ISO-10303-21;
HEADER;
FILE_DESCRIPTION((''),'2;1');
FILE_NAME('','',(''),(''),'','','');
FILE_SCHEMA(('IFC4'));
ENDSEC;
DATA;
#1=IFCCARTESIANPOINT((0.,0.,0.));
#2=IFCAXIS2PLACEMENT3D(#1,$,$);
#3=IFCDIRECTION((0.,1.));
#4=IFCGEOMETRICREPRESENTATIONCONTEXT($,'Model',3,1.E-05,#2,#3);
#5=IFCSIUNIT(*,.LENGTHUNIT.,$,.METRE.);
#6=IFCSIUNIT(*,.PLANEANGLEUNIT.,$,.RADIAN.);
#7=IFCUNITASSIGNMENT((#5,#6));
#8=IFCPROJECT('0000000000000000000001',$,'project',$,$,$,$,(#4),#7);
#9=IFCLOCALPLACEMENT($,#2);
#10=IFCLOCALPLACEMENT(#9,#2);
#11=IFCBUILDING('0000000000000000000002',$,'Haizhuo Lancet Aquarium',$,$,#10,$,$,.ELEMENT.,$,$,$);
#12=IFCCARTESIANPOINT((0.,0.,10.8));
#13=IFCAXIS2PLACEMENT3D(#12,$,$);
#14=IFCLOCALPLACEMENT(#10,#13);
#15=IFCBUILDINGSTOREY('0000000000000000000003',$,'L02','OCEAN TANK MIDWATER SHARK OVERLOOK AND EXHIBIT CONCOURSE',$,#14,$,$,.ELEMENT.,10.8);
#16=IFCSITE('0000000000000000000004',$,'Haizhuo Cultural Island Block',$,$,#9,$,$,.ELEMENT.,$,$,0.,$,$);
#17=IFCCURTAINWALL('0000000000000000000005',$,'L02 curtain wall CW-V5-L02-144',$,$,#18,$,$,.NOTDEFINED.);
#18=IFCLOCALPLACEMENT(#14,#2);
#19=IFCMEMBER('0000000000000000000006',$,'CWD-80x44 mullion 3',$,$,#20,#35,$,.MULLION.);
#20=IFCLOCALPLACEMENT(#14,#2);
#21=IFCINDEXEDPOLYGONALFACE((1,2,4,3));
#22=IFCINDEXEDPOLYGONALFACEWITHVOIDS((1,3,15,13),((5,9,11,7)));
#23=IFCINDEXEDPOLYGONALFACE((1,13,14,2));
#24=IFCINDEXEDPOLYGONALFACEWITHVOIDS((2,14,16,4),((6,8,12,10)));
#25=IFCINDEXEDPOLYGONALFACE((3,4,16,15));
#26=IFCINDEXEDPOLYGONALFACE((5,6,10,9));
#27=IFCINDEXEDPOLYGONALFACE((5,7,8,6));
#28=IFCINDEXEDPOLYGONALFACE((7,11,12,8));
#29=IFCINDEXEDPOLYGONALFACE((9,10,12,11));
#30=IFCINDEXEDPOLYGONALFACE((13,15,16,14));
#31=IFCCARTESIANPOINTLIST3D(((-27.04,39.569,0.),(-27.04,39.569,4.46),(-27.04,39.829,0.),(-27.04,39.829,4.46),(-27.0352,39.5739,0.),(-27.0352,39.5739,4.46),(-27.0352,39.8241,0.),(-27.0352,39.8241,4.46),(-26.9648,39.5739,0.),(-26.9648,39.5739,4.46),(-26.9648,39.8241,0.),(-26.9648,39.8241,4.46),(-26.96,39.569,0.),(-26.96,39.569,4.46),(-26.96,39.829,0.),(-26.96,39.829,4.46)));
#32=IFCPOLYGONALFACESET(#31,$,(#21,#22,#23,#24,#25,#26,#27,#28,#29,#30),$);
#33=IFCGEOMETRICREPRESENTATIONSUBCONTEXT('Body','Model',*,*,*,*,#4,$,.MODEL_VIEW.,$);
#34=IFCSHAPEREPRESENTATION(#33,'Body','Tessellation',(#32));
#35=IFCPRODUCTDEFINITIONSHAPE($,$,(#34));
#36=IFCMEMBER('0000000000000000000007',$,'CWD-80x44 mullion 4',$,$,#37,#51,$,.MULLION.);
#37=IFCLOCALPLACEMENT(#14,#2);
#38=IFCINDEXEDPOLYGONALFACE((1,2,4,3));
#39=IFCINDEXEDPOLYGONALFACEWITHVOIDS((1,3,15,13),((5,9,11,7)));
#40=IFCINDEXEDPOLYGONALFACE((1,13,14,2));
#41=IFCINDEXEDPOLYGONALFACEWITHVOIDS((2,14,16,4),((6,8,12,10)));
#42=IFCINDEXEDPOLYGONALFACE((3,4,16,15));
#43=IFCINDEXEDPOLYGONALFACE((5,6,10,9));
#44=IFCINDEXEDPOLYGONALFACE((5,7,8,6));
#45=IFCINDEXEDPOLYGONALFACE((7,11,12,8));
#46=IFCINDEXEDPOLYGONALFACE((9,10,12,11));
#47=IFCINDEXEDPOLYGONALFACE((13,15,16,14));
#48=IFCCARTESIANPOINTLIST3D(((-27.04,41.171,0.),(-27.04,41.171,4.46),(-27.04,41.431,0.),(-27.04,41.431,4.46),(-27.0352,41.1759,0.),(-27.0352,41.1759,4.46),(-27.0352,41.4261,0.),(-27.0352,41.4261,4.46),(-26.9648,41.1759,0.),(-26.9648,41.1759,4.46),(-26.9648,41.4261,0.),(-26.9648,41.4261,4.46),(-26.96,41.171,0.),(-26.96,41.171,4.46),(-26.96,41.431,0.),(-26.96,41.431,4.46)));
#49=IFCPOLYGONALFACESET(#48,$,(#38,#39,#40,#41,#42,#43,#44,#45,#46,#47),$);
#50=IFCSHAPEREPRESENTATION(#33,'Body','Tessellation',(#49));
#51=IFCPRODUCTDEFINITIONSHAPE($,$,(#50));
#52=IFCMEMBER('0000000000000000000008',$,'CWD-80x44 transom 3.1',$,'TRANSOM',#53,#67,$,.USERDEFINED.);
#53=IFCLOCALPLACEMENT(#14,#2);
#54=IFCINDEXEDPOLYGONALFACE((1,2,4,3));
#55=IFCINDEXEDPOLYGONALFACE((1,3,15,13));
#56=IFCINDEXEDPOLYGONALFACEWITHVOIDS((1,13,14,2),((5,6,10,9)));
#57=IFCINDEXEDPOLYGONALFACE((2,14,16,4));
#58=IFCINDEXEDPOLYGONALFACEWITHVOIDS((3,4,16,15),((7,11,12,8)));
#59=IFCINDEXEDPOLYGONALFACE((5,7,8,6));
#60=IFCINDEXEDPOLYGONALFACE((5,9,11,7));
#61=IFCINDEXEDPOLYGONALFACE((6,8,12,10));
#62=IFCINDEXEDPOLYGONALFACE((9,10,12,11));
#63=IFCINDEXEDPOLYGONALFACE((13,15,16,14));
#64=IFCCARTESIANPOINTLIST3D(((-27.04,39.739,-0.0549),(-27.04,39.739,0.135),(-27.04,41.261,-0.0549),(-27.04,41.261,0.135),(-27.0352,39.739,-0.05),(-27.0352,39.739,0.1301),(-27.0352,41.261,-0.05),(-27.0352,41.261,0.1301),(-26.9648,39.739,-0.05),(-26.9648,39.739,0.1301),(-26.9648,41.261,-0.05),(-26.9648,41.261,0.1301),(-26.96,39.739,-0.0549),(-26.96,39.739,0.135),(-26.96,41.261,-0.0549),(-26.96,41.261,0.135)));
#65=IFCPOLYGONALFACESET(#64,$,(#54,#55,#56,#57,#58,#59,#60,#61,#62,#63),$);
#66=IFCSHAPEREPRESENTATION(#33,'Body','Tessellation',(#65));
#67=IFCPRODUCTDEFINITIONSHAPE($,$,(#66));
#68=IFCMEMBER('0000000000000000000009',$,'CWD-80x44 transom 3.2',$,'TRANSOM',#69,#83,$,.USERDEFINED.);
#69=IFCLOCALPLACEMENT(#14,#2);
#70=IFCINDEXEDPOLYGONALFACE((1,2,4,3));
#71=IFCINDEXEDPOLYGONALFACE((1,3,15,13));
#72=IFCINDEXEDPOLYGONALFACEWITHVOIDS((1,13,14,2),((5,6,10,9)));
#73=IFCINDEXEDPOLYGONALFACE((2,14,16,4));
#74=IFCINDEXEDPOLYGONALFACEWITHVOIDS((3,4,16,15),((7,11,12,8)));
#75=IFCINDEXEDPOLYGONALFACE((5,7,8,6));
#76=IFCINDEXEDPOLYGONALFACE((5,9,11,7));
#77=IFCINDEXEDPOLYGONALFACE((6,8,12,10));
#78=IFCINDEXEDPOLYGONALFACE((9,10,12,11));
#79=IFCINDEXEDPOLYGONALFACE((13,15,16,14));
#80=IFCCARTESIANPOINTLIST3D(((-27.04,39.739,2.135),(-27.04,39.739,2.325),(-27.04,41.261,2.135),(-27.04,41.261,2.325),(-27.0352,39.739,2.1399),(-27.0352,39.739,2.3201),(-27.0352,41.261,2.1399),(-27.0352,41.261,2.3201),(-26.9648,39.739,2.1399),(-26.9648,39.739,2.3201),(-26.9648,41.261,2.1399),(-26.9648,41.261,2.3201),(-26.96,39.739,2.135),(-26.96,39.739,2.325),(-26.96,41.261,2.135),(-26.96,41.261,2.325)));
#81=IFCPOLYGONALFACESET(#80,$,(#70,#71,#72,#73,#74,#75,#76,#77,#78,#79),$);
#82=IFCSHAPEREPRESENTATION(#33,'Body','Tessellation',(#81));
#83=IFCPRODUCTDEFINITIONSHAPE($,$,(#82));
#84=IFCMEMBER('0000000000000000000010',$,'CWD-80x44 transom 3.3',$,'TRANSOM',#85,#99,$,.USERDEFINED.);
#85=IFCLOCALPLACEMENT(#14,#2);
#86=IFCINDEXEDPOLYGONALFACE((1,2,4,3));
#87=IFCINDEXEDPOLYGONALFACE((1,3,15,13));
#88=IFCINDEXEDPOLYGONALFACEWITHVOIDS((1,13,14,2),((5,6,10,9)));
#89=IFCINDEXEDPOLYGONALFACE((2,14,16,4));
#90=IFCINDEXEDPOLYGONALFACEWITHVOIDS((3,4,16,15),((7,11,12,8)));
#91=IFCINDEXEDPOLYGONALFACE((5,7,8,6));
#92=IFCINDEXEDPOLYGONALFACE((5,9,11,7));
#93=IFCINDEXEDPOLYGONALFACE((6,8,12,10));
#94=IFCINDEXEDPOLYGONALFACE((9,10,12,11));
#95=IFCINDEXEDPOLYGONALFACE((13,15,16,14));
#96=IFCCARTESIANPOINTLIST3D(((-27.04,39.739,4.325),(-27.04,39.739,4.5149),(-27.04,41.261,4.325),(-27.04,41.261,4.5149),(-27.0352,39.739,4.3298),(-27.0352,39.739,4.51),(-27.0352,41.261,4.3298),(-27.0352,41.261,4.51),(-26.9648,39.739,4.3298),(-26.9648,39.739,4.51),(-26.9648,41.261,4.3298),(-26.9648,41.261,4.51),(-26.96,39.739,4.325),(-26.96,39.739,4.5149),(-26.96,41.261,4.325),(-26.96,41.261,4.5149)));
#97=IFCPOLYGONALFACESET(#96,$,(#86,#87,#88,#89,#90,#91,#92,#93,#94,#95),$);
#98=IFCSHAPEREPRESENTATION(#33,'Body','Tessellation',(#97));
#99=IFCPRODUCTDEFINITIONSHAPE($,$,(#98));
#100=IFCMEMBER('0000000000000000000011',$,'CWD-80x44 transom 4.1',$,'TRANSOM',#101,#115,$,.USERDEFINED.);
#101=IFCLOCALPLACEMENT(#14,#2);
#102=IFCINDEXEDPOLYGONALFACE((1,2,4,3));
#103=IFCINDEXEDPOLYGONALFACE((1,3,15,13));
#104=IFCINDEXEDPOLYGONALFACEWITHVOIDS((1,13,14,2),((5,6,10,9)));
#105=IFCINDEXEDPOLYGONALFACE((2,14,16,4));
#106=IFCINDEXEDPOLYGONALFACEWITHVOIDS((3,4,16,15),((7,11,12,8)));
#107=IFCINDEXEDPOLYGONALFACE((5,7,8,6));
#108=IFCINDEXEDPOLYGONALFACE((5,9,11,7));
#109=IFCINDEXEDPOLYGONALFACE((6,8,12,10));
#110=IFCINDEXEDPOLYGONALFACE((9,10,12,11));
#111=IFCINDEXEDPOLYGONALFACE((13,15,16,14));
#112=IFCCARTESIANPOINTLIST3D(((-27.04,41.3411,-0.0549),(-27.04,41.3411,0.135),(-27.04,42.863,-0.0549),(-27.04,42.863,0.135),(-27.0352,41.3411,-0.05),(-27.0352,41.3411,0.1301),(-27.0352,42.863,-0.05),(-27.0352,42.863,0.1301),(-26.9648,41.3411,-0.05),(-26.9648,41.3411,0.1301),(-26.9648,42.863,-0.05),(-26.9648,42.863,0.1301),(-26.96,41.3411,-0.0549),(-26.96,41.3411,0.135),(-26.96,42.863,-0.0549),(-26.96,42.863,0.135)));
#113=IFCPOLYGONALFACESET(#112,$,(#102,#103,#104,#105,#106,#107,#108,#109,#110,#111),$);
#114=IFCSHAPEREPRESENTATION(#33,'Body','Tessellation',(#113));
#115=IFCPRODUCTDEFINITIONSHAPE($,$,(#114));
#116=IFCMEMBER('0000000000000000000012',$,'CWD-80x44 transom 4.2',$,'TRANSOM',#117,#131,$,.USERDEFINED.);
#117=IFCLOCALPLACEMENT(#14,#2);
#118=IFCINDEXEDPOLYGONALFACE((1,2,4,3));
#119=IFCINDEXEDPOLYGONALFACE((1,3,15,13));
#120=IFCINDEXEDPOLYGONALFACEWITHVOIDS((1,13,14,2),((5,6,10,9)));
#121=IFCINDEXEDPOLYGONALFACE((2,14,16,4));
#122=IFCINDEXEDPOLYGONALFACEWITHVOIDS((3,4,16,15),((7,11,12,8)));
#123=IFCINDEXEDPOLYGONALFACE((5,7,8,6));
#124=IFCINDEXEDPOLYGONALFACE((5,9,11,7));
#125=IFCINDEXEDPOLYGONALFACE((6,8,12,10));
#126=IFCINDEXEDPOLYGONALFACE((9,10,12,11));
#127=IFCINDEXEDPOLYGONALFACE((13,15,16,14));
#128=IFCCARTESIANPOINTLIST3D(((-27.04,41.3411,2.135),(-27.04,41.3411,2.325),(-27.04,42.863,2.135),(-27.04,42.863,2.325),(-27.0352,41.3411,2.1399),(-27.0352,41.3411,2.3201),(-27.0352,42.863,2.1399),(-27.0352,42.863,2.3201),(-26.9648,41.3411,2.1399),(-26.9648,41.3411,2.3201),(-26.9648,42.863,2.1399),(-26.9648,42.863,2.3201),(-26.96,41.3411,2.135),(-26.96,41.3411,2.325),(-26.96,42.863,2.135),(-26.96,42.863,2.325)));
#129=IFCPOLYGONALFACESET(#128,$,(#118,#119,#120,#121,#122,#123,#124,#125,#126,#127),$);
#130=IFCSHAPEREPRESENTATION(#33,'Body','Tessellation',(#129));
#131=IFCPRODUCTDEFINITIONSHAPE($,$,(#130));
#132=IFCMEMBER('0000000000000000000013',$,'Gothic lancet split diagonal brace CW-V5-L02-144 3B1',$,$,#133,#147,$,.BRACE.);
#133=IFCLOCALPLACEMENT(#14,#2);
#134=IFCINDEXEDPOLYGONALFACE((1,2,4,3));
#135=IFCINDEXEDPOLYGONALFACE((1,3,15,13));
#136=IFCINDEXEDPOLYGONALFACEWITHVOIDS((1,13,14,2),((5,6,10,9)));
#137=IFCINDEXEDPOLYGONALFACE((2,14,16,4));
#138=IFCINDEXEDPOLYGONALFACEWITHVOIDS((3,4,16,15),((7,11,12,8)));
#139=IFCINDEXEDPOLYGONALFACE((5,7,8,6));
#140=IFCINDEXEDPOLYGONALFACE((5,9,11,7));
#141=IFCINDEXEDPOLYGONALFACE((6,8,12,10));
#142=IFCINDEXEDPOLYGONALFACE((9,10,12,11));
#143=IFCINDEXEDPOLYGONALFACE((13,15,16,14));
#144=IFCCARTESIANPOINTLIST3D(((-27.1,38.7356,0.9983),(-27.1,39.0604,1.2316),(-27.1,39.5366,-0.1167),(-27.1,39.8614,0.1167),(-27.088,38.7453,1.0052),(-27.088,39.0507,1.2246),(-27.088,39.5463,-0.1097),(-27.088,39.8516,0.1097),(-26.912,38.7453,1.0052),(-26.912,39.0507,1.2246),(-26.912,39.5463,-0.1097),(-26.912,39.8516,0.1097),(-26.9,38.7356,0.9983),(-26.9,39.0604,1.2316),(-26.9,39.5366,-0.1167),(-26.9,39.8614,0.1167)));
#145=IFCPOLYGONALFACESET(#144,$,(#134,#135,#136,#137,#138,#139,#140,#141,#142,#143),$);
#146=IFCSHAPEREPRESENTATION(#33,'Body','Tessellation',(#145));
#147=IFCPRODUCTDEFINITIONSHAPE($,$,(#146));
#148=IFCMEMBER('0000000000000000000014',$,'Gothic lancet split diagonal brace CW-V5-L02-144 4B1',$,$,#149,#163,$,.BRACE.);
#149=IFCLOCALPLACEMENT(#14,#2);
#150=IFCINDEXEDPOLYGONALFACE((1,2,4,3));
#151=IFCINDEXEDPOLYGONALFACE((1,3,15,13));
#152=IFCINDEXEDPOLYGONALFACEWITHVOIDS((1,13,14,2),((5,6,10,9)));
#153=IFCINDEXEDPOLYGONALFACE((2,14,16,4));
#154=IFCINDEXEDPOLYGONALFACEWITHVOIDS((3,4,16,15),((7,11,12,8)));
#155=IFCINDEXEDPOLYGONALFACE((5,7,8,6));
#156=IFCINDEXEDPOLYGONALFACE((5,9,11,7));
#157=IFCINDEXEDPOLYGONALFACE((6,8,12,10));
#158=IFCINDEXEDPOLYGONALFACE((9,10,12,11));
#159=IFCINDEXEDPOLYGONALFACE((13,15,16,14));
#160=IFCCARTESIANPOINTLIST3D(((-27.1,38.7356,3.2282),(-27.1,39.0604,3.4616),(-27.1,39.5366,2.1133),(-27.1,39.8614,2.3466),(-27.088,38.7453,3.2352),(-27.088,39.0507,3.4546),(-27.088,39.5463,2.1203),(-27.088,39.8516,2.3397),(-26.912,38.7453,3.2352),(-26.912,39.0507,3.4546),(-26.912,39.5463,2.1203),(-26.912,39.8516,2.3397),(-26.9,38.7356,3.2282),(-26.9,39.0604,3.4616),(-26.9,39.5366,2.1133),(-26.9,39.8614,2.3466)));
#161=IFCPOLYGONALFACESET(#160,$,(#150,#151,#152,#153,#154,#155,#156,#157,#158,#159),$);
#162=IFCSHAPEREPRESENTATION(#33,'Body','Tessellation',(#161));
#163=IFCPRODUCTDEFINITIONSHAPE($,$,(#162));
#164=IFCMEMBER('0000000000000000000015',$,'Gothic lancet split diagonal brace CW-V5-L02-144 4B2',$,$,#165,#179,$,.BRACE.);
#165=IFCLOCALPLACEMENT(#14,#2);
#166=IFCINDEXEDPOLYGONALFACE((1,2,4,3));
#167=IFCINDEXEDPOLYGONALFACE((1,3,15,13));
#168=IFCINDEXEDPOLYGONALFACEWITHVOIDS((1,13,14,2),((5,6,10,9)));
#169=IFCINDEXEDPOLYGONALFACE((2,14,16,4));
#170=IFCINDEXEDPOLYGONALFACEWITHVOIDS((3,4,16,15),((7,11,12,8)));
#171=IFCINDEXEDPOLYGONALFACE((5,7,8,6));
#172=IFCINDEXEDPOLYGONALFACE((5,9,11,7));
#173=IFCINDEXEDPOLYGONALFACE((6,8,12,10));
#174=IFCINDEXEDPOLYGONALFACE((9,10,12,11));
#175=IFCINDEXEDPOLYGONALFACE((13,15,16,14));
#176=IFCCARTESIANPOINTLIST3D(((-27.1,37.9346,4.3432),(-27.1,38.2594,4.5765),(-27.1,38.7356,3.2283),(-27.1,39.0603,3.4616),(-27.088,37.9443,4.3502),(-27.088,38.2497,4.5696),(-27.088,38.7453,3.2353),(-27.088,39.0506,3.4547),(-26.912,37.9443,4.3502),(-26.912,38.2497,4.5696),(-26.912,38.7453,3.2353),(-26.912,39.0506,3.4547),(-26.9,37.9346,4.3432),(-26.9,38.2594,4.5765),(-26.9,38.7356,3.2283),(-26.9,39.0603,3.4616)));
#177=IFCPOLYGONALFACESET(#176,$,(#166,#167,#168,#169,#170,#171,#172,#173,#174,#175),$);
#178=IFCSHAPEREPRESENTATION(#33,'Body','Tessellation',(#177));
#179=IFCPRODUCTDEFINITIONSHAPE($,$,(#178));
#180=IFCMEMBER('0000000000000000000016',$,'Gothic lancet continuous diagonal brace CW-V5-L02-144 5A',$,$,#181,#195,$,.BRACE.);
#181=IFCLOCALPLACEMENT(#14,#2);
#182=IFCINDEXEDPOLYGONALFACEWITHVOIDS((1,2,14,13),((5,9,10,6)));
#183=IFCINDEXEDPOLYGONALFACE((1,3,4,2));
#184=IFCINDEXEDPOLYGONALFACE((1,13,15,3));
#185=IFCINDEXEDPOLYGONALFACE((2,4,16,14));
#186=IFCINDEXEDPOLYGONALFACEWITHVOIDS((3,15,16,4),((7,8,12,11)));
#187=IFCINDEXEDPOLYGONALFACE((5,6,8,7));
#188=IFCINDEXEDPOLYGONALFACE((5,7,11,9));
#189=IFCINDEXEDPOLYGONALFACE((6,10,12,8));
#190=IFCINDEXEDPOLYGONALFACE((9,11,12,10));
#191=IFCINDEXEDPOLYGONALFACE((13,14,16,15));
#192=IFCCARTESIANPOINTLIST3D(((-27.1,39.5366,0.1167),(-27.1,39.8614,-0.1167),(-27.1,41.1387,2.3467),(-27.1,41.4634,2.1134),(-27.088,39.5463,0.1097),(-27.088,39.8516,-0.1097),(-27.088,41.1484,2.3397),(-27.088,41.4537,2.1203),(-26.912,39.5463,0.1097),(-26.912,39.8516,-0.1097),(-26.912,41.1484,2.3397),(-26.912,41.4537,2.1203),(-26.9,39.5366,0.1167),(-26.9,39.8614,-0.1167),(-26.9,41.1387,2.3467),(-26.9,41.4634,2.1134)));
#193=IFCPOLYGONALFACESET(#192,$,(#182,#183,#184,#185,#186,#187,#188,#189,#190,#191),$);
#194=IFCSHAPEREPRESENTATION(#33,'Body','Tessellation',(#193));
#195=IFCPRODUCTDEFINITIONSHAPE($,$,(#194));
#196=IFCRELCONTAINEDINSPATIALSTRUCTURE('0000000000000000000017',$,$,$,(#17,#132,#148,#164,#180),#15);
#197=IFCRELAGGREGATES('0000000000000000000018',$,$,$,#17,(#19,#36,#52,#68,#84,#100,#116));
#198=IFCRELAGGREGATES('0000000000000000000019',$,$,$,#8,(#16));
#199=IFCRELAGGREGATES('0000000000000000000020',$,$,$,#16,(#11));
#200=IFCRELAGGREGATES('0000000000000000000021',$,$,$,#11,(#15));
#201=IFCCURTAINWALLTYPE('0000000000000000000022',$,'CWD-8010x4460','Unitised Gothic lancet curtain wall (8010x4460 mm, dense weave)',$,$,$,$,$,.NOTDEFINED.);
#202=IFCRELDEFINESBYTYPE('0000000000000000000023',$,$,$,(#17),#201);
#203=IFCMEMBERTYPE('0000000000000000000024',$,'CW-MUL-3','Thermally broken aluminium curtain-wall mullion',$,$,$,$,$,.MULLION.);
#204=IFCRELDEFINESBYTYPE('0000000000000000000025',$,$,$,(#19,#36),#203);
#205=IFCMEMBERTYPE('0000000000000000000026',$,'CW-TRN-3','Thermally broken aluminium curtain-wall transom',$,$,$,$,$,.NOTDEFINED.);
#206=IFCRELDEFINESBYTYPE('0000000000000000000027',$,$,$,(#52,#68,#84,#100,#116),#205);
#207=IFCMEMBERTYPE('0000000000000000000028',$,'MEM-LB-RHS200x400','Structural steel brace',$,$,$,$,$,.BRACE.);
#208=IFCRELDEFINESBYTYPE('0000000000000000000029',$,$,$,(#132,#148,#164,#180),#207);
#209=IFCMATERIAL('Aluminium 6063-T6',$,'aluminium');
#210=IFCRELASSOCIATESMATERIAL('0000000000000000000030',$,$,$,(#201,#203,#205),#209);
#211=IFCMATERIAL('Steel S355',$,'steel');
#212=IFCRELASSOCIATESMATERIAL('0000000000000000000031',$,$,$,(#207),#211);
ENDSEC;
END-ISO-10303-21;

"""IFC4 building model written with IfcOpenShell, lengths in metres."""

from ifc_helpers import new_model, si_unit, direction, frame, origin, origin_2d, place, context, subcontext, project, spatial, hollow_rectangle, extrude, material, material_profile, profile_set, type_object, element, aggregate, save


model = new_model("IFC4")

# Units and contexts
model_context = context("Model", 3, precision=1e-05, world=origin(), true_north=direction((0.0, 1.0)))
body_context = subcontext(model_context, "Body", "Model", "MODEL_VIEW")
ifc_project = project(units=[si_unit("LENGTHUNIT", "METRE"), si_unit("PLANEANGLEUNIT", "RADIAN")], contexts=[model_context])

# Site, building, storey
site_placement = place(None, origin())
site = spatial("IfcSite", under=ifc_project, at=site_placement, Name="Haizhuo Cultural Island Block", CompositionType="ELEMENT", RefElevation=0.0)
building_placement = place(site_placement, origin())
building = spatial("IfcBuilding", under=site, at=building_placement, Name="Haizhuo Lancet Aquarium", CompositionType="ELEMENT")
storey_placement = place(building_placement, frame((0.0, 0.0, 10.8)))
storey = spatial("IfcBuildingStorey", under=building, at=storey_placement, Name="L02", Description="OCEAN TANK MIDWATER SHARK OVERLOOK AND EXHIBIT CONCOURSE", CompositionType="ELEMENT", Elevation=10.8)

# Curtain wall, members
ifc_material_1 = material(Name="Aluminium 6063-T6", Category="aluminium")
curtain_wall_type = type_object("IfcCurtainWallType", Name="CWD-8010x4460", Description="Unitised Gothic lancet curtain wall (8010x4460 mm, dense weave)", PredefinedType="NOTDEFINED", material=ifc_material_1)
curtain_wall_placement = place(storey_placement, origin())
curtain_wall = element("IfcCurtainWall", 1, at=curtain_wall_placement, inside=storey, type_object=curtain_wall_type, Name="L02 curtain wall CW-V5-L02-144", PredefinedType="NOTDEFINED")
ifc_material_profile_1 = material_profile(ifc_material_1, hollow_rectangle(XDim=0.0801, YDim=0.26, WallThickness=0.0049, at=origin_2d()), Name="ALU-M 80x260x5")
ifc_profile_set_1 = profile_set([ifc_material_profile_1], Name="Aluminium 6063-T6")
member_type_1 = type_object("IfcMemberType", Name="CW-MUL-3", Description="Thermally broken aluminium curtain-wall mullion", PredefinedType="MULLION", material=ifc_profile_set_1)
member_1_placement = place(storey_placement, frame((-27.0, 39.699, 0.0), z_axis=(0.0, 0.0, 1.0), x_axis=(-1.0, 0.0, 0.0)))
member_1 = element("IfcMember", 2, at=member_1_placement, type_object=member_type_1, Name="CWD-80x44 mullion 3", PredefinedType="MULLION", context=body_context, shape_type="SweptSolid", body=[
    extrude(hollow_rectangle(XDim=0.0801, YDim=0.26, WallThickness=0.0049, at=origin_2d()), origin(), (0.0, 0.0, 1.0), 4.46),
])
member_2_placement = place(storey_placement, frame((-27.0, 41.301, 0.0), z_axis=(0.0, 0.0, 1.0), x_axis=(-1.0, 0.0, 0.0)))
member_2 = element("IfcMember", 3, at=member_2_placement, type_object=member_type_1, Name="CWD-80x44 mullion 4", PredefinedType="MULLION", context=body_context, shape_type="SweptSolid", body=[
    extrude(hollow_rectangle(XDim=0.0801, YDim=0.26, WallThickness=0.0049, at=origin_2d()), origin(), (0.0, 0.0, 1.0), 4.46),
])
ifc_material_profile_2 = material_profile(ifc_material_1, hollow_rectangle(XDim=0.0801, YDim=0.1899, WallThickness=0.0049, at=origin_2d()), Name="ALU-T 80x190x5")
ifc_profile_set_2 = profile_set([ifc_material_profile_2], Name="Aluminium 6063-T6")
member_type_2 = type_object("IfcMemberType", Name="CW-TRN-3", Description="Thermally broken aluminium curtain-wall transom", PredefinedType="NOTDEFINED", material=ifc_profile_set_2)
member_3_placement = place(storey_placement, frame((-27.0, 39.739, 0.04), z_axis=(0.0, 1.0, 0.0), x_axis=(-1.0, 0.0, 0.0)))
member_3 = element("IfcMember", 4, at=member_3_placement, type_object=member_type_2, Name="CWD-80x44 transom 3.1", ObjectType="TRANSOM", PredefinedType="USERDEFINED", context=body_context, shape_type="SweptSolid", body=[
    extrude(hollow_rectangle(XDim=0.0801, YDim=0.1899, WallThickness=0.0049, at=origin_2d()), origin(), (0.0, 0.0, 1.0), 1.522),
])
member_4_placement = place(storey_placement, frame((-27.0, 39.739, 2.23), z_axis=(0.0, 1.0, 0.0), x_axis=(-1.0, 0.0, 0.0)))
member_4 = element("IfcMember", 5, at=member_4_placement, type_object=member_type_2, Name="CWD-80x44 transom 3.2", ObjectType="TRANSOM", PredefinedType="USERDEFINED", context=body_context, shape_type="SweptSolid", body=[
    extrude(hollow_rectangle(XDim=0.0801, YDim=0.1899, WallThickness=0.0049, at=origin_2d()), origin(), (0.0, 0.0, 1.0), 1.522),
])
member_5_placement = place(storey_placement, frame((-27.0, 39.739, 4.4199), z_axis=(0.0, 1.0, 0.0), x_axis=(-1.0, 0.0, 0.0)))
member_5 = element("IfcMember", 6, at=member_5_placement, type_object=member_type_2, Name="CWD-80x44 transom 3.3", ObjectType="TRANSOM", PredefinedType="USERDEFINED", context=body_context, shape_type="SweptSolid", body=[
    extrude(hollow_rectangle(XDim=0.0801, YDim=0.1899, WallThickness=0.0049, at=origin_2d()), origin(), (0.0, 0.0, 1.0), 1.522),
])
member_6_placement = place(storey_placement, frame((-27.0, 41.3411, 0.04), z_axis=(0.0, 1.0, 0.0), x_axis=(-1.0, 0.0, 0.0)))
member_6 = element("IfcMember", 7, at=member_6_placement, type_object=member_type_2, Name="CWD-80x44 transom 4.1", ObjectType="TRANSOM", PredefinedType="USERDEFINED", context=body_context, shape_type="SweptSolid", body=[
    extrude(hollow_rectangle(XDim=0.0801, YDim=0.1899, WallThickness=0.0049, at=origin_2d()), origin(), (0.0, 0.0, 1.0), 1.522),
])
member_7_placement = place(storey_placement, frame((-27.0, 41.3411, 2.23), z_axis=(0.0, 1.0, 0.0), x_axis=(-1.0, 0.0, 0.0)))
member_7 = element("IfcMember", 8, at=member_7_placement, type_object=member_type_2, Name="CWD-80x44 transom 4.2", ObjectType="TRANSOM", PredefinedType="USERDEFINED", context=body_context, shape_type="SweptSolid", body=[
    extrude(hollow_rectangle(XDim=0.0801, YDim=0.1899, WallThickness=0.0049, at=origin_2d()), origin(), (0.0, 0.0, 1.0), 1.522),
])

# Members
ifc_material_2 = material(Name="Steel S355", Category="steel")
ifc_material_profile_3 = material_profile(ifc_material_2, hollow_rectangle(XDim=0.2, YDim=0.3999, WallThickness=0.012, at=origin_2d()), Name="RHS 200x400x12")
ifc_profile_set_3 = profile_set([ifc_material_profile_3], Name="Steel S355")
member_type_3 = type_object("IfcMemberType", Name="MEM-LB-RHS200x400", Description="Structural steel brace", PredefinedType="BRACE", material=ifc_profile_set_3)
for number, where, z_axis, x_axis, name in (
    (9, (-27.0, 39.699, 0.0), (0.0, -0.583456, 0.812144), (1.0, 0.0, 0.0), "Gothic lancet split diagonal brace CW-V5-L02-144 3B1"),
    (10, (-27.0, 39.699, 2.23), (0.0, -0.583456, 0.812144), (1.0, 0.0, 0.0), "Gothic lancet split diagonal brace CW-V5-L02-144 4B1"),
    (11, (-27.0, 38.8979, 3.345), (0.0, -0.583456, 0.812144), (1.0, 0.0, 0.0), "Gothic lancet split diagonal brace CW-V5-L02-144 4B2"),
):
    element("IfcMember", number, at=place(storey_placement, frame(where, z_axis=z_axis, x_axis=x_axis)), inside=storey, type_object=member_type_3, Name=name, PredefinedType="BRACE", context=body_context, shape_type="SweptSolid", body=[
        extrude(hollow_rectangle(XDim=0.2, YDim=0.3999, WallThickness=0.012, at=origin_2d()), origin(), (0.0, 0.0, 1.0), 1.3728),
    ])
member_8_placement = place(storey_placement, frame((-27.0, 39.699, 0.0), z_axis=(0.0, 0.583456, 0.812144), x_axis=(-1.0, 0.0, 0.0)))
element("IfcMember", 12, at=member_8_placement, inside=storey, type_object=member_type_3, Name="Gothic lancet continuous diagonal brace CW-V5-L02-144 5A", PredefinedType="BRACE", context=body_context, shape_type="SweptSolid", body=[
    extrude(hollow_rectangle(XDim=0.2, YDim=0.3999, WallThickness=0.012, at=origin_2d()), origin(), (0.0, 0.0, 1.0), 2.7458),
])

aggregate(curtain_wall, [member_1, member_2, member_3, member_4, member_5, member_6, member_7])

save(model, "model.ifc")
